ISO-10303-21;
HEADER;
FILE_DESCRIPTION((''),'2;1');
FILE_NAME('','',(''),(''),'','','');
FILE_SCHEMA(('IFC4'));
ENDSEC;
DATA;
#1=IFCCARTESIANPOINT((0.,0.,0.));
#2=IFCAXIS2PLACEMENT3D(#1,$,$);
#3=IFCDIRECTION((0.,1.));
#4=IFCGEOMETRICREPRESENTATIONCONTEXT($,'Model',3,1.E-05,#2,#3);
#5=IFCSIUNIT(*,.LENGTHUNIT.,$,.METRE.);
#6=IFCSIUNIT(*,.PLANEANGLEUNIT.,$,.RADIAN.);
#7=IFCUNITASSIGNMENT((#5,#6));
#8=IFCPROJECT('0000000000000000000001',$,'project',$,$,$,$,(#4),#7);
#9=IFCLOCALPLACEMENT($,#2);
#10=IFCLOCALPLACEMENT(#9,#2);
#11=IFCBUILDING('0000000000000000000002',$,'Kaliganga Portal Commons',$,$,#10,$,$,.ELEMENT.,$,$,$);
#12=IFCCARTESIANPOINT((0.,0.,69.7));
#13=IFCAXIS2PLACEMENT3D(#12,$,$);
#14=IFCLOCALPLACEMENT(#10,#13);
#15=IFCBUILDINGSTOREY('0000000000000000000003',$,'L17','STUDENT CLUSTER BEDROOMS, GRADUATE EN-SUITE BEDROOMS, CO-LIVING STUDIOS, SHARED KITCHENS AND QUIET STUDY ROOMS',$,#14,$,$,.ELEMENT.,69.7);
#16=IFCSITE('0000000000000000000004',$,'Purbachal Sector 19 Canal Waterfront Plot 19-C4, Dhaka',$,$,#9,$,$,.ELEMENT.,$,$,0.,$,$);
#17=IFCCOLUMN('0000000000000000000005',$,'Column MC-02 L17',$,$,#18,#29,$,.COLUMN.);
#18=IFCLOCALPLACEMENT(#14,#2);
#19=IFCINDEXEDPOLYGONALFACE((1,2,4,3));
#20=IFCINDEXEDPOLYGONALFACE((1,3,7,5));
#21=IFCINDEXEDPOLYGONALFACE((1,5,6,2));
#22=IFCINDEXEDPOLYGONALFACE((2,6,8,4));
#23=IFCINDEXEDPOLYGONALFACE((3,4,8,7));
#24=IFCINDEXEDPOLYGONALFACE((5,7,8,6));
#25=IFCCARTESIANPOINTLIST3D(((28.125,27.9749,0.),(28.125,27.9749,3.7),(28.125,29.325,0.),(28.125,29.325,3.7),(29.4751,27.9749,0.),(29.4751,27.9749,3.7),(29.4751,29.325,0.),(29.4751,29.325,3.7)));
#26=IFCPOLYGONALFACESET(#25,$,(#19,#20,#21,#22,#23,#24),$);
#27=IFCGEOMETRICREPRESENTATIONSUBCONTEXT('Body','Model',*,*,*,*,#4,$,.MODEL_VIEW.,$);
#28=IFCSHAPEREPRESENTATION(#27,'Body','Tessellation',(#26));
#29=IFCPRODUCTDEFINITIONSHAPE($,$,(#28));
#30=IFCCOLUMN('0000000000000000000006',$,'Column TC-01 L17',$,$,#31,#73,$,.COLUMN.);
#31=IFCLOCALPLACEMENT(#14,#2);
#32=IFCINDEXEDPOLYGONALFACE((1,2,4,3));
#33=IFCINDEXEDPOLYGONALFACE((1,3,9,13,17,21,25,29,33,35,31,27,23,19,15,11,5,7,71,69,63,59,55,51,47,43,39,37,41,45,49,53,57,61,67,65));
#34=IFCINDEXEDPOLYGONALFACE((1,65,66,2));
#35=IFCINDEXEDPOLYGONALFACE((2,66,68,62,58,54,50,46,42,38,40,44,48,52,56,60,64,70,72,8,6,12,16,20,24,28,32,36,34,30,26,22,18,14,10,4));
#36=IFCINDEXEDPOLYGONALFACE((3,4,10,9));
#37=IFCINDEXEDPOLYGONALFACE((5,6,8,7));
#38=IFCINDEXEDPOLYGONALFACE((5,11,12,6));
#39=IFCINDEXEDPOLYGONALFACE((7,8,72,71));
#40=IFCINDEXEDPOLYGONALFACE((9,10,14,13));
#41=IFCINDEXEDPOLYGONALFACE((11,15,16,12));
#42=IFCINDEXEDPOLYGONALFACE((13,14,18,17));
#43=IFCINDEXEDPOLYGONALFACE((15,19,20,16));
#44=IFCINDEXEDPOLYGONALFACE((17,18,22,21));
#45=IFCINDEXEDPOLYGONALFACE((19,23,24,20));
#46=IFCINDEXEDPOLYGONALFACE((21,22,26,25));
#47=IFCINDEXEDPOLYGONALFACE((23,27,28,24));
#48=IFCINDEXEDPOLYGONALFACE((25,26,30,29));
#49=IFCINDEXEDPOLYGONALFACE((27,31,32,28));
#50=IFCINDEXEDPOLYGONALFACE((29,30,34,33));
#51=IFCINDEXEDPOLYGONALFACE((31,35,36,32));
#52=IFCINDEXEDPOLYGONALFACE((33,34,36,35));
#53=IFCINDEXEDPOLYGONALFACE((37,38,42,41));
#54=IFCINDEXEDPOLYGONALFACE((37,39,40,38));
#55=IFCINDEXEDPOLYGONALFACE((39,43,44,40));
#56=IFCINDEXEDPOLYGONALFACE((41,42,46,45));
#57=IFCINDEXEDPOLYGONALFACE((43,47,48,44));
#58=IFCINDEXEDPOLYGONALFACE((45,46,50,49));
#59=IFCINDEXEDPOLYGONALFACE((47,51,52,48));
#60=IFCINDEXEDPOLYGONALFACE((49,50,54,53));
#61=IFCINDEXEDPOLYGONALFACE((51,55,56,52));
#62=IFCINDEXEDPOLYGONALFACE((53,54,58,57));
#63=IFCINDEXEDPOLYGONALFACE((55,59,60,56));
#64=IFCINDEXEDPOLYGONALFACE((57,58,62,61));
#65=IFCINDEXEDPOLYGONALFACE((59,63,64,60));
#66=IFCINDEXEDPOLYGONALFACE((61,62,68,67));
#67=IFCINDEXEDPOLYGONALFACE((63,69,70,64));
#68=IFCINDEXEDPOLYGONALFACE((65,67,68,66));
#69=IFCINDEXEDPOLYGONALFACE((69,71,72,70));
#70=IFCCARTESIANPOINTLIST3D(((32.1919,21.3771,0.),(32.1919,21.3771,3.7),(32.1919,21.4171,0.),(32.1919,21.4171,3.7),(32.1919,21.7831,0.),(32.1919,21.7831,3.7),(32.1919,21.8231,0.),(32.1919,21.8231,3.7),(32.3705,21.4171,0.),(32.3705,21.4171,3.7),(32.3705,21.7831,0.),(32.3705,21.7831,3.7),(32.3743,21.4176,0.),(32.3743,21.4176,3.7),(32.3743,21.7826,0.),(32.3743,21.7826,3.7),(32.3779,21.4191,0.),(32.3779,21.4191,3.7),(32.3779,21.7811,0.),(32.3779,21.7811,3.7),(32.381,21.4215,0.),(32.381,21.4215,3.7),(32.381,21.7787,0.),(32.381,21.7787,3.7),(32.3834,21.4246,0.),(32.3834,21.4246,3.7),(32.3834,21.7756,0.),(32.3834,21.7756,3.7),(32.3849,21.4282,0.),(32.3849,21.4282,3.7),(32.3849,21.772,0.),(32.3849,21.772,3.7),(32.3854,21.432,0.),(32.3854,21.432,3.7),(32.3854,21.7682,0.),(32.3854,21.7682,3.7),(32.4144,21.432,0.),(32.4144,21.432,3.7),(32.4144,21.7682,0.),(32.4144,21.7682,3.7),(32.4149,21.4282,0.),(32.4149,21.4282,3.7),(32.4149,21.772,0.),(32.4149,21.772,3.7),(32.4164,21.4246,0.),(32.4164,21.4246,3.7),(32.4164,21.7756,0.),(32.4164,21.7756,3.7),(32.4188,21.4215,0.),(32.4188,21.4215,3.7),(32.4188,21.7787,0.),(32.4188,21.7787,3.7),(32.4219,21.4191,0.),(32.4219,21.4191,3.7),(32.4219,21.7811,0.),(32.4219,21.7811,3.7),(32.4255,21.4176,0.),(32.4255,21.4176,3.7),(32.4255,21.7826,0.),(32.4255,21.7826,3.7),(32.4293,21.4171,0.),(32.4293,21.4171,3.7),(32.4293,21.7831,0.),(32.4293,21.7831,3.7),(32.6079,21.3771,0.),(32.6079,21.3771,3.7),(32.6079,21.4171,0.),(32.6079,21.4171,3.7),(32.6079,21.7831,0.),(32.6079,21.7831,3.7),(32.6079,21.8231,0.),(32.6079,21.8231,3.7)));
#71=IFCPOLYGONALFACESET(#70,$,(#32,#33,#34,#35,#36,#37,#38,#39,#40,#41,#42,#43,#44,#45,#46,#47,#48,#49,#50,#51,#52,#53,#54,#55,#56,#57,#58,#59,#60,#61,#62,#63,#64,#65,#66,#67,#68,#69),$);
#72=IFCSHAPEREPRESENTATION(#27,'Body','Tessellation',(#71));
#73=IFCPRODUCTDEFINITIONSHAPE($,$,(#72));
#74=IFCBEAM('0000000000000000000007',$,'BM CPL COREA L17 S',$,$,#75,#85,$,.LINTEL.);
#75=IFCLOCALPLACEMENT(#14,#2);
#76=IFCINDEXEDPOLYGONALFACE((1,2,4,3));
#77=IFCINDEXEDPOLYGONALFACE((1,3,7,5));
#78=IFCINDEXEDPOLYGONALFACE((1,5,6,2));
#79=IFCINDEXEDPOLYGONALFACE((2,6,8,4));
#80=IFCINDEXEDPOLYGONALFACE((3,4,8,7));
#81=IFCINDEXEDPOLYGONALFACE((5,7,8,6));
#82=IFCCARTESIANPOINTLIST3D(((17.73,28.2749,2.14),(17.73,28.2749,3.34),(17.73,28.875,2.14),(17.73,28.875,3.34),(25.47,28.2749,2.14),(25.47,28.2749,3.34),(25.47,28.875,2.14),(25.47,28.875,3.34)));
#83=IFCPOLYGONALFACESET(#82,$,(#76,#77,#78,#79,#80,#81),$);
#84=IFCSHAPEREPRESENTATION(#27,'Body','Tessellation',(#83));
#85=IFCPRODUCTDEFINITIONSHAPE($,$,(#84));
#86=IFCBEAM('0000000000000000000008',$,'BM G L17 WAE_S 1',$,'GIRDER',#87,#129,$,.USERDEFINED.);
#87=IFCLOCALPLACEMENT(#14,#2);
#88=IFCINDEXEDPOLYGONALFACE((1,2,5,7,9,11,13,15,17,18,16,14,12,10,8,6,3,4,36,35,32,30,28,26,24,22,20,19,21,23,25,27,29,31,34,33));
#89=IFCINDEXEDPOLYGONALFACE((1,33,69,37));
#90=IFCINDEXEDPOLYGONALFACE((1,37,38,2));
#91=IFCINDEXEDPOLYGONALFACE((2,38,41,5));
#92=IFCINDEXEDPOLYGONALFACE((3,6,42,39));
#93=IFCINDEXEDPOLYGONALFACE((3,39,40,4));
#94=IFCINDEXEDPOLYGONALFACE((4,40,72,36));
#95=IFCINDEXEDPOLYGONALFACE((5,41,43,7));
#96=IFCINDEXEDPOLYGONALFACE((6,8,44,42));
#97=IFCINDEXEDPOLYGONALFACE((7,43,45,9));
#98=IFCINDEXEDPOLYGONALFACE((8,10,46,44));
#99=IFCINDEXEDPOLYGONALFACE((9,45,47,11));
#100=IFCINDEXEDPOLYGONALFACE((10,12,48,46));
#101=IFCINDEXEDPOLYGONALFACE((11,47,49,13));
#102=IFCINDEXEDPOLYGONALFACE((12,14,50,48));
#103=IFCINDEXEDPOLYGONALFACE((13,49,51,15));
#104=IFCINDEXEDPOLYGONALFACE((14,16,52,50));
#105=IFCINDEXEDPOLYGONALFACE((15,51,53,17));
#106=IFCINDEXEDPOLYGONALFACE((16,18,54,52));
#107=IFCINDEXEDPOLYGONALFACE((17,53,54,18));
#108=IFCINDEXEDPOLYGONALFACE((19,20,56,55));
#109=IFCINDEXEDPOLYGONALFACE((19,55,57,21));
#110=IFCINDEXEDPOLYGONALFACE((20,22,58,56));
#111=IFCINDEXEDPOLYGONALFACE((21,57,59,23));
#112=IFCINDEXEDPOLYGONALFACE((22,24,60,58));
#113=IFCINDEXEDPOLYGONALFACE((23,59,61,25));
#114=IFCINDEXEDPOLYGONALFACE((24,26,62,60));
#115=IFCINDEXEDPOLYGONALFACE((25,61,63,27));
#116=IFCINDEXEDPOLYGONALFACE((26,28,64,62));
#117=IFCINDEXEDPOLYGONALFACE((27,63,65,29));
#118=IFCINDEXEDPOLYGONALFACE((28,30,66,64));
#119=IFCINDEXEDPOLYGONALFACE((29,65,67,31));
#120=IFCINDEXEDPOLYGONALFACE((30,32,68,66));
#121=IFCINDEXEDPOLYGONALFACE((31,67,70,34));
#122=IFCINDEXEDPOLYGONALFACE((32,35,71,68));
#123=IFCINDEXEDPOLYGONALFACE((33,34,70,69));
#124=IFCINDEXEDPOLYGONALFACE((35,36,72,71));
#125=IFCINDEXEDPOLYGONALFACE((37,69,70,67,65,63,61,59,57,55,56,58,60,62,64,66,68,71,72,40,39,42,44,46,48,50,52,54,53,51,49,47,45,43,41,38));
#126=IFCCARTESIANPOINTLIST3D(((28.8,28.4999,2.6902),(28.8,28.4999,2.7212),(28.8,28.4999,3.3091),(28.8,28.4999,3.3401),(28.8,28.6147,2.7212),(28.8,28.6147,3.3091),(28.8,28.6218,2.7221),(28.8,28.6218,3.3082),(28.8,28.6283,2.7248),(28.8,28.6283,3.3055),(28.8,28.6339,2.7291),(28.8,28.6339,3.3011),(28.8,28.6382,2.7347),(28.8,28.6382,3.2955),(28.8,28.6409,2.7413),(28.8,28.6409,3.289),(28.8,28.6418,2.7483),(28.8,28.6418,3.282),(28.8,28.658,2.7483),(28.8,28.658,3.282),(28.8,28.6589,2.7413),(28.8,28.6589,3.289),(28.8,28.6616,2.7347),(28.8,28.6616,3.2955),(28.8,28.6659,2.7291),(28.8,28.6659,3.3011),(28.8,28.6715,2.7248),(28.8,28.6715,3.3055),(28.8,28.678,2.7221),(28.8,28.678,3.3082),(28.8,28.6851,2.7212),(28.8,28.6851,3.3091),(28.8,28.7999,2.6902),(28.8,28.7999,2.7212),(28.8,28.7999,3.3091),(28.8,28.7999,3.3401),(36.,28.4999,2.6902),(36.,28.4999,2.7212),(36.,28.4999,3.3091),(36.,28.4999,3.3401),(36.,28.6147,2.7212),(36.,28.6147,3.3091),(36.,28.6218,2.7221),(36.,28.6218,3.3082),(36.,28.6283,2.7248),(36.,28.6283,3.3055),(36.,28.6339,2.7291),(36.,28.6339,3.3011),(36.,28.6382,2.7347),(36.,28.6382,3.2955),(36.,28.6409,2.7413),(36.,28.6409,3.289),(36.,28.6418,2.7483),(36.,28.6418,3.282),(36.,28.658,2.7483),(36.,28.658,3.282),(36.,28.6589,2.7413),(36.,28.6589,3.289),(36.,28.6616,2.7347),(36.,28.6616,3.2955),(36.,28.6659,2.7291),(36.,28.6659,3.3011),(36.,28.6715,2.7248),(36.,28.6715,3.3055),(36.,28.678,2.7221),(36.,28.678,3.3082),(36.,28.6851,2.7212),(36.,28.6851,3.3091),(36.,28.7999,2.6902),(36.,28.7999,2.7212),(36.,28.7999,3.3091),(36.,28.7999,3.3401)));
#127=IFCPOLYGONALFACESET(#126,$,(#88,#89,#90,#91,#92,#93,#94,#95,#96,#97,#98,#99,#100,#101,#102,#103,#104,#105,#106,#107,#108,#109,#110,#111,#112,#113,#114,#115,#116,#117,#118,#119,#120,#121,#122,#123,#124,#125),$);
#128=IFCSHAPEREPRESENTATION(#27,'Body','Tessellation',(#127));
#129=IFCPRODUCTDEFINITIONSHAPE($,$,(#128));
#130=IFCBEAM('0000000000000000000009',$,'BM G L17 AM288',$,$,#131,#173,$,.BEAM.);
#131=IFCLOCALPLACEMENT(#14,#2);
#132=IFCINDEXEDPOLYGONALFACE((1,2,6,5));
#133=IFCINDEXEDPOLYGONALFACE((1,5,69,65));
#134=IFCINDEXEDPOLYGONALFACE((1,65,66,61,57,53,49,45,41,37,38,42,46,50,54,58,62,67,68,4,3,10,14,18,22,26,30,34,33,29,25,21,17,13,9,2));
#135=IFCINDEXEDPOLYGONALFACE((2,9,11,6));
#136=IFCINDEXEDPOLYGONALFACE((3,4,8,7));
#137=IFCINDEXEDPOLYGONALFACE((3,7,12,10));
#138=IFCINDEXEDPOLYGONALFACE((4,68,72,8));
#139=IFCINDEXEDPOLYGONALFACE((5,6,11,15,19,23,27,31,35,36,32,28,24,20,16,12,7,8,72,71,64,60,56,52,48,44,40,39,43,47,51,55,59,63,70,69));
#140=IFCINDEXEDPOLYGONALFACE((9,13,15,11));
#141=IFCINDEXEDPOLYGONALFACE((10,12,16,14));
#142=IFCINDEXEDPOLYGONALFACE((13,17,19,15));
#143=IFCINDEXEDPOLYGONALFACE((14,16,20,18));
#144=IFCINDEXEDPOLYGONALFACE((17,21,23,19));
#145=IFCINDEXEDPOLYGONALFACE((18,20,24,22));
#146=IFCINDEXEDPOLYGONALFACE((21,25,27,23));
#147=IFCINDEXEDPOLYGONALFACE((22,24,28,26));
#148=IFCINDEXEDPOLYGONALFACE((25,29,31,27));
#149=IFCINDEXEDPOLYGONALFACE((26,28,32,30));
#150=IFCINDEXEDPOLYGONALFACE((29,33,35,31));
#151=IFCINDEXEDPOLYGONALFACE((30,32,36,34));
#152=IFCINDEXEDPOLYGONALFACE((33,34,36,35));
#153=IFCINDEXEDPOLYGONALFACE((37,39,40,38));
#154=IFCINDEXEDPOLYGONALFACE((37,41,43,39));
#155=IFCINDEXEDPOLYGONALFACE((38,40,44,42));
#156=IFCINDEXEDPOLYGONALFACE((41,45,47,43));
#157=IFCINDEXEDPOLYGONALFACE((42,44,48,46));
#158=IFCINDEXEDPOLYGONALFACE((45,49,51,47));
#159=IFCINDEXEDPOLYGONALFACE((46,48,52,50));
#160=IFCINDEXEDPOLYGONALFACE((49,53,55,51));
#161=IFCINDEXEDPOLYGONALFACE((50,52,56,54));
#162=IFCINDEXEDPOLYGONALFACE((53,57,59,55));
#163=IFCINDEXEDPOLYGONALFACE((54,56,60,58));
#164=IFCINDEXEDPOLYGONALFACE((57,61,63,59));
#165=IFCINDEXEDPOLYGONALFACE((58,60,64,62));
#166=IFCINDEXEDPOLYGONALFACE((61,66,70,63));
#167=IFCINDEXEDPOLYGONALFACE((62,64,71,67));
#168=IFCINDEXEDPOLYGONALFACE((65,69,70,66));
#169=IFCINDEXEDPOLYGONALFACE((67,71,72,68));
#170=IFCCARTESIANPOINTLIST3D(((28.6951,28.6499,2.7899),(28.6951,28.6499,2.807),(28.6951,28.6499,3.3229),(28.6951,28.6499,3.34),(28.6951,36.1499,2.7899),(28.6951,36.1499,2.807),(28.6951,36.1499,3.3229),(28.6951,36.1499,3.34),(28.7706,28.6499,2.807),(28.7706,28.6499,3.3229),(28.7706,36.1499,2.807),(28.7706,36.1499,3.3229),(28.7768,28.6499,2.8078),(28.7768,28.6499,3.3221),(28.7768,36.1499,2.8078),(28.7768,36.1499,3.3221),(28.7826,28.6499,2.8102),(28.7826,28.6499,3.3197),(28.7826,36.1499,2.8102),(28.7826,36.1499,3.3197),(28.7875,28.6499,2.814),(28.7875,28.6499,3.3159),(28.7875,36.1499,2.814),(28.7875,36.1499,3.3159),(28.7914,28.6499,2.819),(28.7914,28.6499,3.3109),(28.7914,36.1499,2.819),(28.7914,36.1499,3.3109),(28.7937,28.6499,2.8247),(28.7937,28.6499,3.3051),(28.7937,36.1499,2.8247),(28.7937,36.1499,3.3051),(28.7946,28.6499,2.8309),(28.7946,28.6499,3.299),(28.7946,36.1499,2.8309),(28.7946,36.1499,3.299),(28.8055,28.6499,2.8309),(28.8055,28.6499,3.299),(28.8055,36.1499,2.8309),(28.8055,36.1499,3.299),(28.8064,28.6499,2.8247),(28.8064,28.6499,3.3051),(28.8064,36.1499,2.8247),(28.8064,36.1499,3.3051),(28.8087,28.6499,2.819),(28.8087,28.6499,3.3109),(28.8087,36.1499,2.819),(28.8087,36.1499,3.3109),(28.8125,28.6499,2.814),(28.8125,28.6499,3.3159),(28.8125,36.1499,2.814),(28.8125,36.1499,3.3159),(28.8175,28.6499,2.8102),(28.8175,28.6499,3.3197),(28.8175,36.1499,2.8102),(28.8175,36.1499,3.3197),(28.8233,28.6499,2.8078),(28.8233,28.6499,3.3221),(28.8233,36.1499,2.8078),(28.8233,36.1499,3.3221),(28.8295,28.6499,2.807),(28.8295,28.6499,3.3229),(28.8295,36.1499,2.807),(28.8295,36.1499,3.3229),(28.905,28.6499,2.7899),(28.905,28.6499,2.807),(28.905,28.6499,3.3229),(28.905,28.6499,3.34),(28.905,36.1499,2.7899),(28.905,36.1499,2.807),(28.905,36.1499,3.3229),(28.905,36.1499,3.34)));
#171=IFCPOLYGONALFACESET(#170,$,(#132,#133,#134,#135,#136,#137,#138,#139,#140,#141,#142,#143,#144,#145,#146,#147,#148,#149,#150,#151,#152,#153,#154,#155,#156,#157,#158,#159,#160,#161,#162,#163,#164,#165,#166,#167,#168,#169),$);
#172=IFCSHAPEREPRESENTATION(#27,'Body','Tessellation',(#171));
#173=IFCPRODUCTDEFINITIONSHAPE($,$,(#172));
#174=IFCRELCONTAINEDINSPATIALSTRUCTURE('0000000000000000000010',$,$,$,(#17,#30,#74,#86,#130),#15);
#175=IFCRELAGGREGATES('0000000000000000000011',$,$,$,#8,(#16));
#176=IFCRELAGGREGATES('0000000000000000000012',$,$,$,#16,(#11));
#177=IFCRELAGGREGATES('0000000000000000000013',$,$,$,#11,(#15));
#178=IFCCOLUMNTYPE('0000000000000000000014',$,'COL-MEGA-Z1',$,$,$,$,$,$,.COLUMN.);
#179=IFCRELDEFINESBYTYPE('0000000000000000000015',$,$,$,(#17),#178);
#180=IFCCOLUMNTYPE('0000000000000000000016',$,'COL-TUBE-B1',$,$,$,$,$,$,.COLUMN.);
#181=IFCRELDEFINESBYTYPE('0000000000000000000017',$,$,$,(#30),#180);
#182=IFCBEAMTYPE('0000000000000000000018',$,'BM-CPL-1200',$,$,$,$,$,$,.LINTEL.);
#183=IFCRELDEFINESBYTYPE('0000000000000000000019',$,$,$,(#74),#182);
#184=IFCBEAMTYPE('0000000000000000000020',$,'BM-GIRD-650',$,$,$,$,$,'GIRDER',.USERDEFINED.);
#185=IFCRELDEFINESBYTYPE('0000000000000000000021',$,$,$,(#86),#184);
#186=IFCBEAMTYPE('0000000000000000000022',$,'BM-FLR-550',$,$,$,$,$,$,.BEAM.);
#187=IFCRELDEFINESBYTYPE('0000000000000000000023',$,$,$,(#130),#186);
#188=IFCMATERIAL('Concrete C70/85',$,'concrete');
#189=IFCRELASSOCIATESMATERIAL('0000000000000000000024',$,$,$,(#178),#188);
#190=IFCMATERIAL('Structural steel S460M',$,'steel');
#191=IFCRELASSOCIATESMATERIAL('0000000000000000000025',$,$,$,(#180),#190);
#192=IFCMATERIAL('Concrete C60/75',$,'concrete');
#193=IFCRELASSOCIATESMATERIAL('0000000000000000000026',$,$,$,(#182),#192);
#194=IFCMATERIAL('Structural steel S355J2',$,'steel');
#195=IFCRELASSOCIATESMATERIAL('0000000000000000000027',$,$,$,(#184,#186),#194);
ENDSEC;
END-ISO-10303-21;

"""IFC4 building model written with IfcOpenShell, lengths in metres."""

from ifc_helpers import new_model, si_unit, direction, frame, origin, origin_2d, place, context, subcontext, project, spatial, rectangle, i_section, extrude, source, transform, mapped, material, material_profile, profile_set, type_object, element, save


model = new_model("IFC4")

# Units and contexts
model_context = context("Model", 3, precision=1e-05, world=origin(), true_north=direction((0.0, 1.0)))
body_context = subcontext(model_context, "Body", "Model", "MODEL_VIEW")
ifc_project = project(units=[si_unit("LENGTHUNIT", "METRE"), si_unit("PLANEANGLEUNIT", "RADIAN")], contexts=[model_context])

# Site, building, storey
site_placement = place(None, origin())
site = spatial("IfcSite", under=ifc_project, at=site_placement, Name="Purbachal Sector 19 Canal Waterfront Plot 19-C4, Dhaka", CompositionType="ELEMENT", RefElevation=0.0)
building_placement = place(site_placement, origin())
building = spatial("IfcBuilding", under=site, at=building_placement, Name="Kaliganga Portal Commons", CompositionType="ELEMENT")
storey_placement = place(building_placement, frame((0.0, 0.0, 69.7)))
storey = spatial("IfcBuildingStorey", under=building, at=storey_placement, Name="L17", Description="STUDENT CLUSTER BEDROOMS, GRADUATE EN-SUITE BEDROOMS, CO-LIVING STUDIOS, SHARED KITCHENS AND QUIET STUDY ROOMS", CompositionType="ELEMENT", Elevation=69.7)

# Columns
ifc_material_1 = material(Name="Concrete C70/85", Category="concrete")
ifc_material_profile_1 = material_profile(ifc_material_1, rectangle(XDim=1.3501, YDim=1.3501, at=origin_2d()), Name="RC 1350x1350")
ifc_profile_set_1 = profile_set([ifc_material_profile_1], Name="Concrete C70/85")
column_type_1 = type_object("IfcColumnType", Name="COL-MEGA-Z1", PredefinedType="COLUMN", material=ifc_profile_set_1)
shared_shape_1 = source(origin(), body_context, "Body", "SweptSolid", [
    extrude(rectangle(XDim=1.3501, YDim=1.3501, at=origin_2d()), origin(), (0.0, 0.0, 1.0), 3.7),
])
column_1_placement = place(storey_placement, frame((28.8, 28.6499, 0.0), z_axis=(0.0, 0.0, 1.0), x_axis=(1.0, 0.0, 0.0)))
element("IfcColumn", 1, at=column_1_placement, inside=storey, type_object=column_type_1, Name="Column MC-02 L17", PredefinedType="COLUMN", context=body_context, shape_type="MappedRepresentation", body=[
    mapped(shared_shape_1, transform((0.0, 0.0, 0.0), x_axis=(1.0, 0.0, 0.0), y_axis=(0.0, 1.0, 0.0), z_axis=(0.0, 0.0, 1.0), scale=1.0)),
])
ifc_material_2 = material(Name="Structural steel S460M", Category="steel")
ifc_material_profile_2 = material_profile(ifc_material_2, i_section(OverallWidth=0.416, OverallDepth=0.446, WebThickness=0.0291, FlangeThickness=0.04, FilletRadius=0.0149, at=origin_2d()), Name="HD 400x509")
ifc_profile_set_2 = profile_set([ifc_material_profile_2], Name="Structural steel S460M wide-flange")
column_type_2 = type_object("IfcColumnType", Name="COL-TUBE-B1", PredefinedType="COLUMN", material=ifc_profile_set_2)
shared_shape_2 = source(origin(), body_context, "Body", "SweptSolid", [
    extrude(i_section(OverallWidth=0.416, OverallDepth=0.446, WebThickness=0.0291, FlangeThickness=0.04, FilletRadius=0.0149, at=origin_2d()), origin(), (0.0, 0.0, 1.0), 3.7),
])
column_2_placement = place(storey_placement, frame((32.3999, 21.6001, 0.0), z_axis=(0.0, 0.0, 1.0), x_axis=(1.0, 0.0, 0.0)))
element("IfcColumn", 2, at=column_2_placement, inside=storey, type_object=column_type_2, Name="Column TC-01 L17", PredefinedType="COLUMN", context=body_context, shape_type="MappedRepresentation", body=[
    mapped(shared_shape_2, transform((0.0, 0.0, 0.0), x_axis=(1.0, 0.0, 0.0), y_axis=(0.0, 1.0, 0.0), z_axis=(0.0, 0.0, 1.0), scale=1.0)),
])

# Beams
ifc_material_3 = material(Name="Concrete C60/75", Category="concrete")
ifc_material_profile_3 = material_profile(ifc_material_3, rectangle(XDim=0.6001, YDim=1.2, at=origin_2d()), Name="RC 600x1200")
ifc_profile_set_3 = profile_set([ifc_material_profile_3], Name="Concrete C60/75")
beam_type_1 = type_object("IfcBeamType", Name="BM-CPL-1200", PredefinedType="LINTEL", material=ifc_profile_set_3)
shared_shape_3 = source(origin(), body_context, "Body", "SweptSolid", [
    extrude(rectangle(XDim=0.6001, YDim=1.2, at=origin_2d()), origin(), (0.0, 0.0, 1.0), 7.74),
])
beam_1_placement = place(storey_placement, frame((17.73, 28.575, 2.74), z_axis=(1.0, 0.0, 0.0), x_axis=(0.0, 1.0, 0.0)))
element("IfcBeam", 3, at=beam_1_placement, inside=storey, type_object=beam_type_1, Name="BM CPL COREA L17 S", PredefinedType="LINTEL", context=body_context, shape_type="MappedRepresentation", body=[
    mapped(shared_shape_3, transform((0.0, 0.0, 0.0), x_axis=(1.0, 0.0, 0.0), y_axis=(0.0, 1.0, 0.0), z_axis=(0.0, 0.0, 1.0), scale=1.0)),
])
ifc_material_4 = material(Name="Structural steel S355J2", Category="steel")
ifc_material_profile_4 = material_profile(ifc_material_4, i_section(OverallWidth=0.3, OverallDepth=0.6499, WebThickness=0.0161, FlangeThickness=0.031, FilletRadius=0.0271, at=origin_2d()), Name="HE 650 B")
ifc_profile_set_4 = profile_set([ifc_material_profile_4], Name="Structural steel S355J2 wide-flange")
beam_type_2 = type_object("IfcBeamType", Name="BM-GIRD-650", ElementType="GIRDER", PredefinedType="USERDEFINED", material=ifc_profile_set_4)
shared_shape_4 = source(origin(), body_context, "Body", "SweptSolid", [
    extrude(i_section(OverallWidth=0.3, OverallDepth=0.6499, WebThickness=0.0161, FlangeThickness=0.031, FilletRadius=0.0271, at=origin_2d()), origin(), (0.0, 0.0, 1.0), 7.2),
])
beam_2_placement = place(storey_placement, frame((28.8, 28.6499, 3.0151), z_axis=(1.0, 0.0, 0.0), x_axis=(0.0, 1.0, 0.0)))
element("IfcBeam", 4, at=beam_2_placement, inside=storey, type_object=beam_type_2, Name="BM G L17 WAE_S 1", ObjectType="GIRDER", PredefinedType="USERDEFINED", context=body_context, shape_type="MappedRepresentation", body=[
    mapped(shared_shape_4, transform((0.0, 0.0, 0.0), x_axis=(1.0, 0.0, 0.0), y_axis=(0.0, 1.0, 0.0), z_axis=(0.0, 0.0, 1.0), scale=1.0)),
])
ifc_material_profile_5 = material_profile(ifc_material_4, i_section(OverallWidth=0.21, OverallDepth=0.55, WebThickness=0.011, FlangeThickness=0.0171, FilletRadius=0.0239, at=origin_2d()), Name="IPE 550")
ifc_profile_set_5 = profile_set([ifc_material_profile_5], Name="Structural steel S355J2 wide-flange")
beam_type_3 = type_object("IfcBeamType", Name="BM-FLR-550", PredefinedType="BEAM", material=ifc_profile_set_5)
shared_shape_5 = source(origin(), body_context, "Body", "SweptSolid", [
    extrude(i_section(OverallWidth=0.21, OverallDepth=0.55, WebThickness=0.011, FlangeThickness=0.0171, FilletRadius=0.0239, at=origin_2d()), origin(), (0.0, 0.0, 1.0), 7.5),
])
beam_3_placement = place(storey_placement, frame((28.8, 28.6499, 3.0649), z_axis=(0.0, 1.0, 0.0), x_axis=(-1.0, 0.0, 0.0)))
element("IfcBeam", 5, at=beam_3_placement, inside=storey, type_object=beam_type_3, Name="BM G L17 AM288", PredefinedType="BEAM", context=body_context, shape_type="MappedRepresentation", body=[
    mapped(shared_shape_5, transform((0.0, 0.0, 0.0), x_axis=(1.0, 0.0, 0.0), y_axis=(0.0, 1.0, 0.0), z_axis=(0.0, 0.0, 1.0), scale=1.0)),
])

save(model, "model.ifc")
